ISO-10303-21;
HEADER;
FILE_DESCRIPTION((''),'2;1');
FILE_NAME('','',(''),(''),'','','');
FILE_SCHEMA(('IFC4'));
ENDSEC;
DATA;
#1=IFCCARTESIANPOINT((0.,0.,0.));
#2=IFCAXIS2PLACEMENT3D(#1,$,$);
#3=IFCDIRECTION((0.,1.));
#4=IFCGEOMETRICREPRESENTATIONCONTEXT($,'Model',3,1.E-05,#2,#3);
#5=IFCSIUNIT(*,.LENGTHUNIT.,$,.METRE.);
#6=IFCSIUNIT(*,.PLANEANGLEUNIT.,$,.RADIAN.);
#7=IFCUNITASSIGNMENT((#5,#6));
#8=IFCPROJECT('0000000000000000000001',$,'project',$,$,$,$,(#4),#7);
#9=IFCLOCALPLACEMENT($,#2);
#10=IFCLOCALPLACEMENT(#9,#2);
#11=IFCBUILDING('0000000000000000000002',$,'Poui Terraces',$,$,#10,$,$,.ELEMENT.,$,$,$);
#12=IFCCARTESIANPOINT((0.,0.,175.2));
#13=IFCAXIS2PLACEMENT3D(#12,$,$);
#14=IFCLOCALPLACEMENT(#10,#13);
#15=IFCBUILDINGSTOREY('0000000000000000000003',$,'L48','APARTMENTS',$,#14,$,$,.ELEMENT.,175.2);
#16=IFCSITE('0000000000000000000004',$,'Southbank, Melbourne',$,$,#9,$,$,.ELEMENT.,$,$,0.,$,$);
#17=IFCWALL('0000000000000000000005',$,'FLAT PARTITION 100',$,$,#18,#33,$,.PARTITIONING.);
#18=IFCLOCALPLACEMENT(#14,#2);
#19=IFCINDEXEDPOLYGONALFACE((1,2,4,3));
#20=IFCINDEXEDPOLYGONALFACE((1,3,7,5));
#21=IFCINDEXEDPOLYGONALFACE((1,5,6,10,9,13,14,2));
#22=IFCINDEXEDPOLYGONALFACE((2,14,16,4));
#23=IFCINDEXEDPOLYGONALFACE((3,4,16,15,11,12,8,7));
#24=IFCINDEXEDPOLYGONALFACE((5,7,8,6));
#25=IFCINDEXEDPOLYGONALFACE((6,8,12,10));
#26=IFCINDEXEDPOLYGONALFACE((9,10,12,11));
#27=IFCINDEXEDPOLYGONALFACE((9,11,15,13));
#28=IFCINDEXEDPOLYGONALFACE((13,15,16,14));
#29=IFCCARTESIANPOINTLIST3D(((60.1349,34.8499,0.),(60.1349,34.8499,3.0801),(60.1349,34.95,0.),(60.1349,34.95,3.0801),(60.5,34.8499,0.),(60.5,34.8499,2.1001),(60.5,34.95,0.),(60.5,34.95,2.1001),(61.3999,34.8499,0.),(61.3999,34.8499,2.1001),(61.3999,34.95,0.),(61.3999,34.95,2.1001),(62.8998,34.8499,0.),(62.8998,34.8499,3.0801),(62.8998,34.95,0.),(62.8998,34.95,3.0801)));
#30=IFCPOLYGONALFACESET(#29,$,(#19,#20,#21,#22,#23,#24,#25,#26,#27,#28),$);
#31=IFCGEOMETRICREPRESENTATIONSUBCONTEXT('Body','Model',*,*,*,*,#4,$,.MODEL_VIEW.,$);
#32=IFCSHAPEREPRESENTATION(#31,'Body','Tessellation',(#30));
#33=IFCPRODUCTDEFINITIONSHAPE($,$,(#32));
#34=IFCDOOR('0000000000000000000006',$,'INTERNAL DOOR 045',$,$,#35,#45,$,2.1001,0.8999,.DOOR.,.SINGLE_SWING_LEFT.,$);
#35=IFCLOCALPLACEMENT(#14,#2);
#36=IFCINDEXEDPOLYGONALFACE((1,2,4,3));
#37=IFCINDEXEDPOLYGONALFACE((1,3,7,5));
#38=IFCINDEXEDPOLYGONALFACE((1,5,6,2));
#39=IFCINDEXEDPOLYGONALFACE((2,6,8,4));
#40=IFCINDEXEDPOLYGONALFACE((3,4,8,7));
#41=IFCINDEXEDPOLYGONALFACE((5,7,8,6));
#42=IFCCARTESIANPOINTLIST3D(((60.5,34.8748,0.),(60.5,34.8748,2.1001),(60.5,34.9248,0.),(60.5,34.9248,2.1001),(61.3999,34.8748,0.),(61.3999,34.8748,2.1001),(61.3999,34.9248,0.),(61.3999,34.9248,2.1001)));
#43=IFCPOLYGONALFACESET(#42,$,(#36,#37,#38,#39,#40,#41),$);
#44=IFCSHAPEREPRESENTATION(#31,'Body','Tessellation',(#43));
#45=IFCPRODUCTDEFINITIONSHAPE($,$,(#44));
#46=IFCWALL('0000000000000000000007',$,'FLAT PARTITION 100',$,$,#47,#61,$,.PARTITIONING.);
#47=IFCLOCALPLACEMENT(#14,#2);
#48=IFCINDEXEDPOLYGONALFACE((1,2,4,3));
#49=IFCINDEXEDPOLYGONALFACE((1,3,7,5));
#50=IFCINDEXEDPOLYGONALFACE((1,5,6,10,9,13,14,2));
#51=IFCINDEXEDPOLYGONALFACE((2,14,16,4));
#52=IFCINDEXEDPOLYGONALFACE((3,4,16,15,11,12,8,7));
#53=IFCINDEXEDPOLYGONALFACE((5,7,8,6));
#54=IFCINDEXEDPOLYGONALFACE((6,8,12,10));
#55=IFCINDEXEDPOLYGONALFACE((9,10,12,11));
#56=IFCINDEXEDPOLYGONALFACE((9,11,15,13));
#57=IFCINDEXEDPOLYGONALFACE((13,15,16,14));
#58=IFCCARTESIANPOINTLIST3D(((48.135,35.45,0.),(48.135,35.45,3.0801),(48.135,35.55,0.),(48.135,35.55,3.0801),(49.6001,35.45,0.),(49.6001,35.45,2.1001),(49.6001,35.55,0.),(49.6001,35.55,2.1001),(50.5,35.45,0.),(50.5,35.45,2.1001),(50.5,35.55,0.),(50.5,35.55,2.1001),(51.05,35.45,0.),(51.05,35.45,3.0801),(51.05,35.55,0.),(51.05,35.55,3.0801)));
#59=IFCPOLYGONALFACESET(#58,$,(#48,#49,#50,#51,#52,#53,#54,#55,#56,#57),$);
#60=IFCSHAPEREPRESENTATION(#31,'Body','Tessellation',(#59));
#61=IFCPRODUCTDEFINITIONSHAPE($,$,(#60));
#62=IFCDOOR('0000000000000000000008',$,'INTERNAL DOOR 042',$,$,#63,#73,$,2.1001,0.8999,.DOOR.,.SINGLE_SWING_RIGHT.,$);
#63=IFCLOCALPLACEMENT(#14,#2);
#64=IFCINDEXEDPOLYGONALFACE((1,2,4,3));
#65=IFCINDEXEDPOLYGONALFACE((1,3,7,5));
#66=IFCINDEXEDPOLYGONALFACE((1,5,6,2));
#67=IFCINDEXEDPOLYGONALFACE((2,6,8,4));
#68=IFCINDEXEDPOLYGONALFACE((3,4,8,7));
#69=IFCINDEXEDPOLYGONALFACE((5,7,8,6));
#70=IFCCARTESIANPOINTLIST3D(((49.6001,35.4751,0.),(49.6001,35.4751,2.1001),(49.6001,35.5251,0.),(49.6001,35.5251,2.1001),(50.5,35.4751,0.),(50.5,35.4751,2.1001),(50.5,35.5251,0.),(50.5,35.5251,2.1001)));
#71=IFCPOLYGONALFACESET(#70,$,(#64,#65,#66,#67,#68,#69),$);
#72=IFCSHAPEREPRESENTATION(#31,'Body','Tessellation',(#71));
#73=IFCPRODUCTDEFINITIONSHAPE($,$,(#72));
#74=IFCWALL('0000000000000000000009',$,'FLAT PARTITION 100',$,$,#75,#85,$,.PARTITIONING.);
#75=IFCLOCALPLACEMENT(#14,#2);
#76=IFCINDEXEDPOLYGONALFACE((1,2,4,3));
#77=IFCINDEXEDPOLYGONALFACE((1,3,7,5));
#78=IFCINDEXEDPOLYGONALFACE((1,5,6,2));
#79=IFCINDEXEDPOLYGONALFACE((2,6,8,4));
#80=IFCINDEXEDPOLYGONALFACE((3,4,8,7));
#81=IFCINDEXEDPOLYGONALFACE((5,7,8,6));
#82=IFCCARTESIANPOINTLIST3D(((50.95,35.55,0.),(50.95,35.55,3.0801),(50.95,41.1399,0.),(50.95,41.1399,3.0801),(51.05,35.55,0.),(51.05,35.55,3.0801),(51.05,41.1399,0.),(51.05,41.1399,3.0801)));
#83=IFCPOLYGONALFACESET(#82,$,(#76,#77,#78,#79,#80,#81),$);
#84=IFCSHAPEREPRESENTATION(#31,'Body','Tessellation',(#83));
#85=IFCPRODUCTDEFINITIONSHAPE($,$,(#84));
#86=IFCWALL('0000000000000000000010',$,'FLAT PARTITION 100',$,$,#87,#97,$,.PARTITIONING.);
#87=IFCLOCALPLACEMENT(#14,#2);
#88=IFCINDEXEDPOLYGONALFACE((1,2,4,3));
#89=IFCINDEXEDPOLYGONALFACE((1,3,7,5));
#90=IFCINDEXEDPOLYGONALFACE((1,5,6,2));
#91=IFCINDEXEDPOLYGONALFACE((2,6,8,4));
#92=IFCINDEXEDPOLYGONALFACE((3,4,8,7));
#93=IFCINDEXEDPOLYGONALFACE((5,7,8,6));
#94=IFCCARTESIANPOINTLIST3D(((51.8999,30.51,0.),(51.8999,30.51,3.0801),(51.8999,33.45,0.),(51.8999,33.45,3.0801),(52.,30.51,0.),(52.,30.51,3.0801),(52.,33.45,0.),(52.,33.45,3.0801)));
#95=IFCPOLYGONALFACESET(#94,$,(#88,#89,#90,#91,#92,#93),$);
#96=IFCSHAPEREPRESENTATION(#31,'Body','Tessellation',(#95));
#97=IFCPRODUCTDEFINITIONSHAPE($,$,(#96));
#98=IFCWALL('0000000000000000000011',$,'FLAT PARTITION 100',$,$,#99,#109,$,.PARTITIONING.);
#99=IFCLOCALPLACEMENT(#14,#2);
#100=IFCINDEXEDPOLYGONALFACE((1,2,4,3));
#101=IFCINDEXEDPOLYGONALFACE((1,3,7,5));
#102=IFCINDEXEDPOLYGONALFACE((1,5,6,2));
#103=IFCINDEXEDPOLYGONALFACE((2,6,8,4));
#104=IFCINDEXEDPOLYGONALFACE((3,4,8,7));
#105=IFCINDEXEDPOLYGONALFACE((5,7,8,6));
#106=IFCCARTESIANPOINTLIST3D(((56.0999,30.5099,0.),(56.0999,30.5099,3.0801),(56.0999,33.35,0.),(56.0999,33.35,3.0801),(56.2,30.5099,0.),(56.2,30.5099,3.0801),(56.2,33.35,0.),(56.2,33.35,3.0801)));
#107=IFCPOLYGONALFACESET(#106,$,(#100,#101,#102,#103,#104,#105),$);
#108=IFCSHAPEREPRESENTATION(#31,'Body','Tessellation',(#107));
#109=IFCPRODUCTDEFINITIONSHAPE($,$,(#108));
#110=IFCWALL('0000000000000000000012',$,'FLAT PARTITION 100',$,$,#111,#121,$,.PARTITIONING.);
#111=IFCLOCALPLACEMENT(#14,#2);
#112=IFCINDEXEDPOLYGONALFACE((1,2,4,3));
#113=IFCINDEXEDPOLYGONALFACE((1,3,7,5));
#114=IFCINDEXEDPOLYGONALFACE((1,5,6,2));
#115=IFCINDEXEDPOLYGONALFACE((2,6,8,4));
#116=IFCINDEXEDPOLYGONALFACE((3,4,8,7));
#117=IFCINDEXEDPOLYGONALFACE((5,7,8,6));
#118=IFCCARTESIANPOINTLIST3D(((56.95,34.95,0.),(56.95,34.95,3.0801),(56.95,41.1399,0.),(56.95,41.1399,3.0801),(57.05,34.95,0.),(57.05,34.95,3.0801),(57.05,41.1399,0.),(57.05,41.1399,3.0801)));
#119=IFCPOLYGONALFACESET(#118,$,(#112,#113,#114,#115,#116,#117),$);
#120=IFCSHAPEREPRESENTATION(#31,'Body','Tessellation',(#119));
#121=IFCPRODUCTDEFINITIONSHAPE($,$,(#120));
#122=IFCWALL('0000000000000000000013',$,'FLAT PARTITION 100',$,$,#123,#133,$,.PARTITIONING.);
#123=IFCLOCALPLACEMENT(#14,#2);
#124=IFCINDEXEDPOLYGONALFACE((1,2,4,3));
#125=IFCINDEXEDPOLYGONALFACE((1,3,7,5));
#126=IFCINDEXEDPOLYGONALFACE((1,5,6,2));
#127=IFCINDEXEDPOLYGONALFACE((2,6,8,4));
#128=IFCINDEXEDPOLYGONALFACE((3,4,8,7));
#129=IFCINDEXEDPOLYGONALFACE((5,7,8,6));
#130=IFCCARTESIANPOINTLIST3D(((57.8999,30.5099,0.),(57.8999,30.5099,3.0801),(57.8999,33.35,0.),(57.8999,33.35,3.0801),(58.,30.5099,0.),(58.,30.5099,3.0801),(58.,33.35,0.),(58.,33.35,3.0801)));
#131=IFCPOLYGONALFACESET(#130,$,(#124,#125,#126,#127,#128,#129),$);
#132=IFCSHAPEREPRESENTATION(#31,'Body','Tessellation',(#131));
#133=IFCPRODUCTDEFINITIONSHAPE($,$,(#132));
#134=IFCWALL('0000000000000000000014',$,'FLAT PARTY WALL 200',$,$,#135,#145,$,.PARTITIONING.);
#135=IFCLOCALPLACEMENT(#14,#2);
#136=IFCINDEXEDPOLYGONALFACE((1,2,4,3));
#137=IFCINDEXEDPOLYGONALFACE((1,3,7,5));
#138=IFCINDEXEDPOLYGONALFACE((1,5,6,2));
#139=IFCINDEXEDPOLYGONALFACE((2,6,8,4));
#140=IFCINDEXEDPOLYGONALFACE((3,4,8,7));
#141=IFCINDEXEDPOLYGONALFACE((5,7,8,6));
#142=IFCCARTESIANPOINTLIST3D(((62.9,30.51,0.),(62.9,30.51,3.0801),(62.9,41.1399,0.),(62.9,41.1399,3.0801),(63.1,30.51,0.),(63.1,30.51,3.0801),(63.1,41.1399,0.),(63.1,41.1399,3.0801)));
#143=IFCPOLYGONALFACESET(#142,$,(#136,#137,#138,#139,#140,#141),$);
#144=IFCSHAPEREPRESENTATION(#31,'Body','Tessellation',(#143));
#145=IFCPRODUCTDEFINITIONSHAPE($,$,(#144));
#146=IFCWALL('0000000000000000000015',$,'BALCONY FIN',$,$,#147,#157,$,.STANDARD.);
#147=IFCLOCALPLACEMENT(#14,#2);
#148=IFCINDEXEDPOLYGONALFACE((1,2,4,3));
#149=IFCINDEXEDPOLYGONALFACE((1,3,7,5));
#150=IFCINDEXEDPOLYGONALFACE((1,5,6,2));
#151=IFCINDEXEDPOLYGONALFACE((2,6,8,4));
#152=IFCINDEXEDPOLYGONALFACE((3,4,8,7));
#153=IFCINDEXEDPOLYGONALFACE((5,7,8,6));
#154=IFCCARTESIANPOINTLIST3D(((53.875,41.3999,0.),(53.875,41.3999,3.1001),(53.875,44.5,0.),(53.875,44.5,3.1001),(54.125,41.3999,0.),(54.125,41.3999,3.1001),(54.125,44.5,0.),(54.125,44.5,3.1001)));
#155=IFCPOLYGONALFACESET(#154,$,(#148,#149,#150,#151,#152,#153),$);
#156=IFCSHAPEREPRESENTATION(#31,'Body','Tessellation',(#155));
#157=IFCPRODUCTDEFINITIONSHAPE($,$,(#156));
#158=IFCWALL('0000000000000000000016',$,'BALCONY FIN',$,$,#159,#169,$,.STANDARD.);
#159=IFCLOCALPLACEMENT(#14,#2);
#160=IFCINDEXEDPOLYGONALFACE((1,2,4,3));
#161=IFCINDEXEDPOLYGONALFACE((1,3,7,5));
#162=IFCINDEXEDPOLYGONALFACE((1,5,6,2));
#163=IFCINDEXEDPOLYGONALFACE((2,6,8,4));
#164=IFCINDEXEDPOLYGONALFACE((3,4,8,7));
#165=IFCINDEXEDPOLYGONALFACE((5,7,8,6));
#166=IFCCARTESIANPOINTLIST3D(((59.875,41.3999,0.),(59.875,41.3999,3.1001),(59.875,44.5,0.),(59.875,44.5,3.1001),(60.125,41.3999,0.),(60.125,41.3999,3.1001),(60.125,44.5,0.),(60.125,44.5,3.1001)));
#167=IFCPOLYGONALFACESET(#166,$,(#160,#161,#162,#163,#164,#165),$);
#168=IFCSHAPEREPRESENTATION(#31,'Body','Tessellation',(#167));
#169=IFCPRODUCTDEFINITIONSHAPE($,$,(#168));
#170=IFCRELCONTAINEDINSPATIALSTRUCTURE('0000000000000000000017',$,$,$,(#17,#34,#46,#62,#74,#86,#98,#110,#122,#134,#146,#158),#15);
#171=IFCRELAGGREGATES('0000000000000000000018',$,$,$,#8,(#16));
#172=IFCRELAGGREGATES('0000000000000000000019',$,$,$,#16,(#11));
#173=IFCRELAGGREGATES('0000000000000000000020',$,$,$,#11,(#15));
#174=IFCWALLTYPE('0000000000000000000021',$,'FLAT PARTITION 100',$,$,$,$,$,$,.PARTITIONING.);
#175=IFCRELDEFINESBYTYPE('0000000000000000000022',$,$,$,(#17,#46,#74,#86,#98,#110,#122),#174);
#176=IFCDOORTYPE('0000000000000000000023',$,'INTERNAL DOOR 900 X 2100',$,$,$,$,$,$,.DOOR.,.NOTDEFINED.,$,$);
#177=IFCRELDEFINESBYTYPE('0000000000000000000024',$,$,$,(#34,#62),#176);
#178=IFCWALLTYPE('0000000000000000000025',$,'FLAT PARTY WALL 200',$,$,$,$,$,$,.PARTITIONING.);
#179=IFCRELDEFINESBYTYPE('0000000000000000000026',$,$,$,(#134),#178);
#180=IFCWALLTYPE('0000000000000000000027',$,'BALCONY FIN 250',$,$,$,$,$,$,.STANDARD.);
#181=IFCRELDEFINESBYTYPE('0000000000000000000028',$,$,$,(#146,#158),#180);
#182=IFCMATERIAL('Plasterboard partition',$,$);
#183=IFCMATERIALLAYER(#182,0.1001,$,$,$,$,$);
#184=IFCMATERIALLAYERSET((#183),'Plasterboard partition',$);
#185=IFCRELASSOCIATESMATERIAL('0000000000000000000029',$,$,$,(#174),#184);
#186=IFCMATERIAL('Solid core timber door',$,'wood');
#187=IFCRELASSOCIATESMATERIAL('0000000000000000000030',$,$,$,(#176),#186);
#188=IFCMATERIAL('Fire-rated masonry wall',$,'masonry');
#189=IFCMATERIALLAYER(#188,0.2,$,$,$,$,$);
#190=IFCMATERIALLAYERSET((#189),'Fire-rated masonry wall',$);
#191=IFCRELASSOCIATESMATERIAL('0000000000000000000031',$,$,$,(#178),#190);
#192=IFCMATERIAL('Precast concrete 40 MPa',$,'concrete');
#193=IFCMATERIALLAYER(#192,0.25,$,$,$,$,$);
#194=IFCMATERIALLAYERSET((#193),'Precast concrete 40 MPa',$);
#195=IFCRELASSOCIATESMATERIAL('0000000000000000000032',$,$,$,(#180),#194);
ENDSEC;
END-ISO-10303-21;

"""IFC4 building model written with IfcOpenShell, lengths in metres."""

from ifc_helpers import new_model, si_unit, direction, frame, frame_2d, origin, place, context, subcontext, project, spatial, polyline, rectangle, outline, extrude, source, transform, mapped, material, layer, layer_set, type_object, element, fill, save


model = new_model("IFC4")

# Units and contexts
model_context = context("Model", 3, precision=1e-05, world=origin(), true_north=direction((0.0, 1.0)))
body_context = subcontext(model_context, "Body", "Model", "MODEL_VIEW")
ifc_project = project(units=[si_unit("LENGTHUNIT", "METRE"), si_unit("PLANEANGLEUNIT", "RADIAN")], contexts=[model_context])

# Site, building, storey
site_placement = place(None, origin())
site = spatial("IfcSite", under=ifc_project, at=site_placement, Name="Southbank, Melbourne", CompositionType="ELEMENT", RefElevation=0.0)
building_placement = place(site_placement, origin())
building = spatial("IfcBuilding", under=site, at=building_placement, Name="Poui Terraces", CompositionType="ELEMENT")
storey_placement = place(building_placement, frame((0.0, 0.0, 175.2)))
storey = spatial("IfcBuildingStorey", under=building, at=storey_placement, Name="L48", Description="APARTMENTS", CompositionType="ELEMENT", Elevation=175.2)

# Walls, openings, doors
ifc_material_1 = material(Name="Plasterboard partition")
ifc_layer_1 = layer(ifc_material_1, 0.1001)
ifc_layer_set_1 = layer_set([ifc_layer_1], Name="Plasterboard partition")
wall_type_1 = type_object("IfcWallType", Name="FLAT PARTITION 100", PredefinedType="PARTITIONING", material=ifc_layer_set_1)
ifc_material_2 = material(Name="Solid core timber door", Category="wood")
door_type_1 = type_object("IfcDoorType", Name="INTERNAL DOOR 900 X 2100", OperationType="NOTDEFINED", PredefinedType="DOOR", material=ifc_material_2)
wall_1_placement = place(storey_placement, frame((60.135, 34.8999, 0.0), z_axis=(0.0, 0.0, 1.0), x_axis=(1.0, 0.0, 0.0)))
wall_1 = element("IfcWall", 1, at=wall_1_placement, inside=storey, type_object=wall_type_1, Name="FLAT PARTITION 100", PredefinedType="PARTITIONING", context=body_context, shape_type="SweptSolid", body=[
    extrude(rectangle(XDim=2.7649, YDim=0.1001, at=frame_2d((1.3823, 0.0))), origin(), (0.0, 0.0, 1.0), 3.0801),
])
opening_1_placement = place(wall_1_placement, frame((0.365, 0.0, 0.0)))
opening_1 = element("IfcOpeningElement", 2, at=opening_1_placement, cuts=wall_1, PredefinedType="OPENING", context=body_context, shape_type="SweptSolid", body=[
    extrude(rectangle(XDim=0.8999, YDim=2.1001, at=frame_2d((0.45, 1.05))), frame((0.0, 0.0601, 0.0), z_axis=(0.0, -1.0, 0.0), x_axis=(1.0, 0.0, 0.0)), (0.0, 0.0, 1.0), 0.1201),
])
door_1_placement = place(opening_1_placement, origin())
door_1 = element("IfcDoor", 3, at=door_1_placement, inside=storey, type_object=door_type_1, Name="INTERNAL DOOR 045", OperationType="SINGLE_SWING_LEFT", OverallHeight=2.1001, OverallWidth=0.8999, PredefinedType="DOOR", context=body_context, shape_type="SweptSolid", body=[
    extrude(rectangle(XDim=0.8999, YDim=2.1001, at=frame_2d((0.45, 1.05))), frame((0.0, 0.0249, 0.0), z_axis=(0.0, -1.0, 0.0), x_axis=(1.0, 0.0, 0.0)), (0.0, 0.0, 1.0), 0.05),
])
fill(opening_1, door_1)
wall_2_placement = place(storey_placement, frame((48.135, 35.5, 0.0), z_axis=(0.0, 0.0, 1.0), x_axis=(1.0, 0.0, 0.0)))
wall_2 = element("IfcWall", 4, at=wall_2_placement, inside=storey, type_object=wall_type_1, Name="FLAT PARTITION 100", PredefinedType="PARTITIONING", context=body_context, shape_type="SweptSolid", body=[
    extrude(rectangle(XDim=2.915, YDim=0.1001, at=frame_2d((1.4575, 0.0))), origin(), (0.0, 0.0, 1.0), 3.0801),
])
opening_2_placement = place(wall_2_placement, frame((1.4651, 0.0, 0.0)))
opening_2 = element("IfcOpeningElement", 5, at=opening_2_placement, cuts=wall_2, PredefinedType="OPENING", context=body_context, shape_type="SweptSolid", body=[
    extrude(rectangle(XDim=0.8999, YDim=2.1001, at=frame_2d((0.45, 1.05))), frame((0.0, 0.0601, 0.0), z_axis=(0.0, -1.0, 0.0), x_axis=(1.0, 0.0, 0.0)), (0.0, 0.0, 1.0), 0.1201),
])
door_2_placement = place(opening_2_placement, frame((0.8999, 0.0, 0.0), z_axis=(0.0, 0.0, 1.0), x_axis=(-1.0, 0.0, 0.0)))
door_2 = element("IfcDoor", 6, at=door_2_placement, inside=storey, type_object=door_type_1, Name="INTERNAL DOOR 042", OperationType="SINGLE_SWING_RIGHT", OverallHeight=2.1001, OverallWidth=0.8999, PredefinedType="DOOR", context=body_context, shape_type="SweptSolid", body=[
    extrude(rectangle(XDim=0.8999, YDim=2.1001, at=frame_2d((0.45, 1.05))), frame((0.0, 0.0249, 0.0), z_axis=(0.0, -1.0, 0.0), x_axis=(1.0, 0.0, 0.0)), (0.0, 0.0, 1.0), 0.05),
])
fill(opening_2, door_2)

# Walls
wall_3_placement = place(storey_placement, frame((51.0, 35.55, 0.0), z_axis=(0.0, 0.0, 1.0), x_axis=(0.0, 1.0, 0.0)))
element("IfcWall", 7, at=wall_3_placement, inside=storey, type_object=wall_type_1, Name="FLAT PARTITION 100", PredefinedType="PARTITIONING", context=body_context, shape_type="SweptSolid", body=[
    extrude(rectangle(XDim=5.5898, YDim=0.1001, at=frame_2d((2.7949, 0.0))), origin(), (0.0, 0.0, 1.0), 3.0801),
])
wall_4_placement = place(storey_placement, frame((51.95, 30.51, 0.0), z_axis=(0.0, 0.0, 1.0), x_axis=(0.0, 1.0, 0.0)))
element("IfcWall", 8, at=wall_4_placement, inside=storey, type_object=wall_type_1, Name="FLAT PARTITION 100", PredefinedType="PARTITIONING", context=body_context, shape_type="SweptSolid", body=[
    extrude(rectangle(XDim=2.9399, YDim=0.1001, at=frame_2d((1.47, 0.0))), origin(), (0.0, 0.0, 1.0), 3.0801),
])
wall_5_placement = place(storey_placement, frame((56.1499, 30.51, 0.0), z_axis=(0.0, 0.0, 1.0), x_axis=(0.0, 1.0, 0.0)))
element("IfcWall", 9, at=wall_5_placement, inside=storey, type_object=wall_type_1, Name="FLAT PARTITION 100", PredefinedType="PARTITIONING", context=body_context, shape_type="SweptSolid", body=[
    extrude(rectangle(XDim=2.8401, YDim=0.1001, at=frame_2d((1.4199, 0.0))), origin(), (0.0, 0.0, 1.0), 3.0801),
])
wall_6_placement = place(storey_placement, frame((57.0, 34.95, 0.0), z_axis=(0.0, 0.0, 1.0), x_axis=(0.0, 1.0, 0.0)))
element("IfcWall", 10, at=wall_6_placement, inside=storey, type_object=wall_type_1, Name="FLAT PARTITION 100", PredefinedType="PARTITIONING", context=body_context, shape_type="SweptSolid", body=[
    extrude(rectangle(XDim=6.1899, YDim=0.1001, at=frame_2d((3.095, 0.0))), origin(), (0.0, 0.0, 1.0), 3.0801),
])
wall_7_placement = place(storey_placement, frame((57.95, 30.51, 0.0), z_axis=(0.0, 0.0, 1.0), x_axis=(0.0, 1.0, 0.0)))
element("IfcWall", 11, at=wall_7_placement, inside=storey, type_object=wall_type_1, Name="FLAT PARTITION 100", PredefinedType="PARTITIONING", context=body_context, shape_type="SweptSolid", body=[
    extrude(rectangle(XDim=2.8401, YDim=0.1001, at=frame_2d((1.4199, 0.0))), origin(), (0.0, 0.0, 1.0), 3.0801),
])
ifc_material_3 = material(Name="Fire-rated masonry wall", Category="masonry")
ifc_layer_2 = layer(ifc_material_3, 0.2)
ifc_layer_set_2 = layer_set([ifc_layer_2], Name="Fire-rated masonry wall")
wall_type_2 = type_object("IfcWallType", Name="FLAT PARTY WALL 200", PredefinedType="PARTITIONING", material=ifc_layer_set_2)
wall_8_placement = place(storey_placement, frame((63.0, 30.51, 0.0), z_axis=(0.0, 0.0, 1.0), x_axis=(0.0, 1.0, 0.0)))
element("IfcWall", 12, at=wall_8_placement, inside=storey, type_object=wall_type_2, Name="FLAT PARTY WALL 200", PredefinedType="PARTITIONING", context=body_context, shape_type="SweptSolid", body=[
    extrude(rectangle(XDim=10.6299, YDim=0.2, at=frame_2d((5.3149, 0.0))), origin(), (0.0, 0.0, 1.0), 3.0801),
])
ifc_material_4 = material(Name="Precast concrete 40 MPa", Category="concrete")
ifc_layer_3 = layer(ifc_material_4, 0.25)
ifc_layer_set_3 = layer_set([ifc_layer_3], Name="Precast concrete 40 MPa")
wall_type_3 = type_object("IfcWallType", Name="BALCONY FIN 250", PredefinedType="STANDARD", material=ifc_layer_set_3)
shared_shape_1 = source(origin(), body_context, "Body", "SweptSolid", [
    extrude(outline(polyline([(0.0, 0.0), (0.25, 0.0), (0.25, 3.1001), (0.0, 3.1001), (0.0, 0.0)])), origin(), (0.0, 0.0, 1.0), 3.1001),
])
for number, where, name in (
    (13, (53.875, 41.3999, 0.0), "BALCONY FIN"),
    (14, (59.875, 41.3999, 0.0), "BALCONY FIN"),
):
    element("IfcWall", number, at=place(storey_placement, frame(where)), inside=storey, type_object=wall_type_3, Name=name, PredefinedType="STANDARD", context=body_context, shape_type="MappedRepresentation", body=[
        mapped(shared_shape_1, transform((0.0, 0.0, 0.0))),
    ])

save(model, "model.ifc")
